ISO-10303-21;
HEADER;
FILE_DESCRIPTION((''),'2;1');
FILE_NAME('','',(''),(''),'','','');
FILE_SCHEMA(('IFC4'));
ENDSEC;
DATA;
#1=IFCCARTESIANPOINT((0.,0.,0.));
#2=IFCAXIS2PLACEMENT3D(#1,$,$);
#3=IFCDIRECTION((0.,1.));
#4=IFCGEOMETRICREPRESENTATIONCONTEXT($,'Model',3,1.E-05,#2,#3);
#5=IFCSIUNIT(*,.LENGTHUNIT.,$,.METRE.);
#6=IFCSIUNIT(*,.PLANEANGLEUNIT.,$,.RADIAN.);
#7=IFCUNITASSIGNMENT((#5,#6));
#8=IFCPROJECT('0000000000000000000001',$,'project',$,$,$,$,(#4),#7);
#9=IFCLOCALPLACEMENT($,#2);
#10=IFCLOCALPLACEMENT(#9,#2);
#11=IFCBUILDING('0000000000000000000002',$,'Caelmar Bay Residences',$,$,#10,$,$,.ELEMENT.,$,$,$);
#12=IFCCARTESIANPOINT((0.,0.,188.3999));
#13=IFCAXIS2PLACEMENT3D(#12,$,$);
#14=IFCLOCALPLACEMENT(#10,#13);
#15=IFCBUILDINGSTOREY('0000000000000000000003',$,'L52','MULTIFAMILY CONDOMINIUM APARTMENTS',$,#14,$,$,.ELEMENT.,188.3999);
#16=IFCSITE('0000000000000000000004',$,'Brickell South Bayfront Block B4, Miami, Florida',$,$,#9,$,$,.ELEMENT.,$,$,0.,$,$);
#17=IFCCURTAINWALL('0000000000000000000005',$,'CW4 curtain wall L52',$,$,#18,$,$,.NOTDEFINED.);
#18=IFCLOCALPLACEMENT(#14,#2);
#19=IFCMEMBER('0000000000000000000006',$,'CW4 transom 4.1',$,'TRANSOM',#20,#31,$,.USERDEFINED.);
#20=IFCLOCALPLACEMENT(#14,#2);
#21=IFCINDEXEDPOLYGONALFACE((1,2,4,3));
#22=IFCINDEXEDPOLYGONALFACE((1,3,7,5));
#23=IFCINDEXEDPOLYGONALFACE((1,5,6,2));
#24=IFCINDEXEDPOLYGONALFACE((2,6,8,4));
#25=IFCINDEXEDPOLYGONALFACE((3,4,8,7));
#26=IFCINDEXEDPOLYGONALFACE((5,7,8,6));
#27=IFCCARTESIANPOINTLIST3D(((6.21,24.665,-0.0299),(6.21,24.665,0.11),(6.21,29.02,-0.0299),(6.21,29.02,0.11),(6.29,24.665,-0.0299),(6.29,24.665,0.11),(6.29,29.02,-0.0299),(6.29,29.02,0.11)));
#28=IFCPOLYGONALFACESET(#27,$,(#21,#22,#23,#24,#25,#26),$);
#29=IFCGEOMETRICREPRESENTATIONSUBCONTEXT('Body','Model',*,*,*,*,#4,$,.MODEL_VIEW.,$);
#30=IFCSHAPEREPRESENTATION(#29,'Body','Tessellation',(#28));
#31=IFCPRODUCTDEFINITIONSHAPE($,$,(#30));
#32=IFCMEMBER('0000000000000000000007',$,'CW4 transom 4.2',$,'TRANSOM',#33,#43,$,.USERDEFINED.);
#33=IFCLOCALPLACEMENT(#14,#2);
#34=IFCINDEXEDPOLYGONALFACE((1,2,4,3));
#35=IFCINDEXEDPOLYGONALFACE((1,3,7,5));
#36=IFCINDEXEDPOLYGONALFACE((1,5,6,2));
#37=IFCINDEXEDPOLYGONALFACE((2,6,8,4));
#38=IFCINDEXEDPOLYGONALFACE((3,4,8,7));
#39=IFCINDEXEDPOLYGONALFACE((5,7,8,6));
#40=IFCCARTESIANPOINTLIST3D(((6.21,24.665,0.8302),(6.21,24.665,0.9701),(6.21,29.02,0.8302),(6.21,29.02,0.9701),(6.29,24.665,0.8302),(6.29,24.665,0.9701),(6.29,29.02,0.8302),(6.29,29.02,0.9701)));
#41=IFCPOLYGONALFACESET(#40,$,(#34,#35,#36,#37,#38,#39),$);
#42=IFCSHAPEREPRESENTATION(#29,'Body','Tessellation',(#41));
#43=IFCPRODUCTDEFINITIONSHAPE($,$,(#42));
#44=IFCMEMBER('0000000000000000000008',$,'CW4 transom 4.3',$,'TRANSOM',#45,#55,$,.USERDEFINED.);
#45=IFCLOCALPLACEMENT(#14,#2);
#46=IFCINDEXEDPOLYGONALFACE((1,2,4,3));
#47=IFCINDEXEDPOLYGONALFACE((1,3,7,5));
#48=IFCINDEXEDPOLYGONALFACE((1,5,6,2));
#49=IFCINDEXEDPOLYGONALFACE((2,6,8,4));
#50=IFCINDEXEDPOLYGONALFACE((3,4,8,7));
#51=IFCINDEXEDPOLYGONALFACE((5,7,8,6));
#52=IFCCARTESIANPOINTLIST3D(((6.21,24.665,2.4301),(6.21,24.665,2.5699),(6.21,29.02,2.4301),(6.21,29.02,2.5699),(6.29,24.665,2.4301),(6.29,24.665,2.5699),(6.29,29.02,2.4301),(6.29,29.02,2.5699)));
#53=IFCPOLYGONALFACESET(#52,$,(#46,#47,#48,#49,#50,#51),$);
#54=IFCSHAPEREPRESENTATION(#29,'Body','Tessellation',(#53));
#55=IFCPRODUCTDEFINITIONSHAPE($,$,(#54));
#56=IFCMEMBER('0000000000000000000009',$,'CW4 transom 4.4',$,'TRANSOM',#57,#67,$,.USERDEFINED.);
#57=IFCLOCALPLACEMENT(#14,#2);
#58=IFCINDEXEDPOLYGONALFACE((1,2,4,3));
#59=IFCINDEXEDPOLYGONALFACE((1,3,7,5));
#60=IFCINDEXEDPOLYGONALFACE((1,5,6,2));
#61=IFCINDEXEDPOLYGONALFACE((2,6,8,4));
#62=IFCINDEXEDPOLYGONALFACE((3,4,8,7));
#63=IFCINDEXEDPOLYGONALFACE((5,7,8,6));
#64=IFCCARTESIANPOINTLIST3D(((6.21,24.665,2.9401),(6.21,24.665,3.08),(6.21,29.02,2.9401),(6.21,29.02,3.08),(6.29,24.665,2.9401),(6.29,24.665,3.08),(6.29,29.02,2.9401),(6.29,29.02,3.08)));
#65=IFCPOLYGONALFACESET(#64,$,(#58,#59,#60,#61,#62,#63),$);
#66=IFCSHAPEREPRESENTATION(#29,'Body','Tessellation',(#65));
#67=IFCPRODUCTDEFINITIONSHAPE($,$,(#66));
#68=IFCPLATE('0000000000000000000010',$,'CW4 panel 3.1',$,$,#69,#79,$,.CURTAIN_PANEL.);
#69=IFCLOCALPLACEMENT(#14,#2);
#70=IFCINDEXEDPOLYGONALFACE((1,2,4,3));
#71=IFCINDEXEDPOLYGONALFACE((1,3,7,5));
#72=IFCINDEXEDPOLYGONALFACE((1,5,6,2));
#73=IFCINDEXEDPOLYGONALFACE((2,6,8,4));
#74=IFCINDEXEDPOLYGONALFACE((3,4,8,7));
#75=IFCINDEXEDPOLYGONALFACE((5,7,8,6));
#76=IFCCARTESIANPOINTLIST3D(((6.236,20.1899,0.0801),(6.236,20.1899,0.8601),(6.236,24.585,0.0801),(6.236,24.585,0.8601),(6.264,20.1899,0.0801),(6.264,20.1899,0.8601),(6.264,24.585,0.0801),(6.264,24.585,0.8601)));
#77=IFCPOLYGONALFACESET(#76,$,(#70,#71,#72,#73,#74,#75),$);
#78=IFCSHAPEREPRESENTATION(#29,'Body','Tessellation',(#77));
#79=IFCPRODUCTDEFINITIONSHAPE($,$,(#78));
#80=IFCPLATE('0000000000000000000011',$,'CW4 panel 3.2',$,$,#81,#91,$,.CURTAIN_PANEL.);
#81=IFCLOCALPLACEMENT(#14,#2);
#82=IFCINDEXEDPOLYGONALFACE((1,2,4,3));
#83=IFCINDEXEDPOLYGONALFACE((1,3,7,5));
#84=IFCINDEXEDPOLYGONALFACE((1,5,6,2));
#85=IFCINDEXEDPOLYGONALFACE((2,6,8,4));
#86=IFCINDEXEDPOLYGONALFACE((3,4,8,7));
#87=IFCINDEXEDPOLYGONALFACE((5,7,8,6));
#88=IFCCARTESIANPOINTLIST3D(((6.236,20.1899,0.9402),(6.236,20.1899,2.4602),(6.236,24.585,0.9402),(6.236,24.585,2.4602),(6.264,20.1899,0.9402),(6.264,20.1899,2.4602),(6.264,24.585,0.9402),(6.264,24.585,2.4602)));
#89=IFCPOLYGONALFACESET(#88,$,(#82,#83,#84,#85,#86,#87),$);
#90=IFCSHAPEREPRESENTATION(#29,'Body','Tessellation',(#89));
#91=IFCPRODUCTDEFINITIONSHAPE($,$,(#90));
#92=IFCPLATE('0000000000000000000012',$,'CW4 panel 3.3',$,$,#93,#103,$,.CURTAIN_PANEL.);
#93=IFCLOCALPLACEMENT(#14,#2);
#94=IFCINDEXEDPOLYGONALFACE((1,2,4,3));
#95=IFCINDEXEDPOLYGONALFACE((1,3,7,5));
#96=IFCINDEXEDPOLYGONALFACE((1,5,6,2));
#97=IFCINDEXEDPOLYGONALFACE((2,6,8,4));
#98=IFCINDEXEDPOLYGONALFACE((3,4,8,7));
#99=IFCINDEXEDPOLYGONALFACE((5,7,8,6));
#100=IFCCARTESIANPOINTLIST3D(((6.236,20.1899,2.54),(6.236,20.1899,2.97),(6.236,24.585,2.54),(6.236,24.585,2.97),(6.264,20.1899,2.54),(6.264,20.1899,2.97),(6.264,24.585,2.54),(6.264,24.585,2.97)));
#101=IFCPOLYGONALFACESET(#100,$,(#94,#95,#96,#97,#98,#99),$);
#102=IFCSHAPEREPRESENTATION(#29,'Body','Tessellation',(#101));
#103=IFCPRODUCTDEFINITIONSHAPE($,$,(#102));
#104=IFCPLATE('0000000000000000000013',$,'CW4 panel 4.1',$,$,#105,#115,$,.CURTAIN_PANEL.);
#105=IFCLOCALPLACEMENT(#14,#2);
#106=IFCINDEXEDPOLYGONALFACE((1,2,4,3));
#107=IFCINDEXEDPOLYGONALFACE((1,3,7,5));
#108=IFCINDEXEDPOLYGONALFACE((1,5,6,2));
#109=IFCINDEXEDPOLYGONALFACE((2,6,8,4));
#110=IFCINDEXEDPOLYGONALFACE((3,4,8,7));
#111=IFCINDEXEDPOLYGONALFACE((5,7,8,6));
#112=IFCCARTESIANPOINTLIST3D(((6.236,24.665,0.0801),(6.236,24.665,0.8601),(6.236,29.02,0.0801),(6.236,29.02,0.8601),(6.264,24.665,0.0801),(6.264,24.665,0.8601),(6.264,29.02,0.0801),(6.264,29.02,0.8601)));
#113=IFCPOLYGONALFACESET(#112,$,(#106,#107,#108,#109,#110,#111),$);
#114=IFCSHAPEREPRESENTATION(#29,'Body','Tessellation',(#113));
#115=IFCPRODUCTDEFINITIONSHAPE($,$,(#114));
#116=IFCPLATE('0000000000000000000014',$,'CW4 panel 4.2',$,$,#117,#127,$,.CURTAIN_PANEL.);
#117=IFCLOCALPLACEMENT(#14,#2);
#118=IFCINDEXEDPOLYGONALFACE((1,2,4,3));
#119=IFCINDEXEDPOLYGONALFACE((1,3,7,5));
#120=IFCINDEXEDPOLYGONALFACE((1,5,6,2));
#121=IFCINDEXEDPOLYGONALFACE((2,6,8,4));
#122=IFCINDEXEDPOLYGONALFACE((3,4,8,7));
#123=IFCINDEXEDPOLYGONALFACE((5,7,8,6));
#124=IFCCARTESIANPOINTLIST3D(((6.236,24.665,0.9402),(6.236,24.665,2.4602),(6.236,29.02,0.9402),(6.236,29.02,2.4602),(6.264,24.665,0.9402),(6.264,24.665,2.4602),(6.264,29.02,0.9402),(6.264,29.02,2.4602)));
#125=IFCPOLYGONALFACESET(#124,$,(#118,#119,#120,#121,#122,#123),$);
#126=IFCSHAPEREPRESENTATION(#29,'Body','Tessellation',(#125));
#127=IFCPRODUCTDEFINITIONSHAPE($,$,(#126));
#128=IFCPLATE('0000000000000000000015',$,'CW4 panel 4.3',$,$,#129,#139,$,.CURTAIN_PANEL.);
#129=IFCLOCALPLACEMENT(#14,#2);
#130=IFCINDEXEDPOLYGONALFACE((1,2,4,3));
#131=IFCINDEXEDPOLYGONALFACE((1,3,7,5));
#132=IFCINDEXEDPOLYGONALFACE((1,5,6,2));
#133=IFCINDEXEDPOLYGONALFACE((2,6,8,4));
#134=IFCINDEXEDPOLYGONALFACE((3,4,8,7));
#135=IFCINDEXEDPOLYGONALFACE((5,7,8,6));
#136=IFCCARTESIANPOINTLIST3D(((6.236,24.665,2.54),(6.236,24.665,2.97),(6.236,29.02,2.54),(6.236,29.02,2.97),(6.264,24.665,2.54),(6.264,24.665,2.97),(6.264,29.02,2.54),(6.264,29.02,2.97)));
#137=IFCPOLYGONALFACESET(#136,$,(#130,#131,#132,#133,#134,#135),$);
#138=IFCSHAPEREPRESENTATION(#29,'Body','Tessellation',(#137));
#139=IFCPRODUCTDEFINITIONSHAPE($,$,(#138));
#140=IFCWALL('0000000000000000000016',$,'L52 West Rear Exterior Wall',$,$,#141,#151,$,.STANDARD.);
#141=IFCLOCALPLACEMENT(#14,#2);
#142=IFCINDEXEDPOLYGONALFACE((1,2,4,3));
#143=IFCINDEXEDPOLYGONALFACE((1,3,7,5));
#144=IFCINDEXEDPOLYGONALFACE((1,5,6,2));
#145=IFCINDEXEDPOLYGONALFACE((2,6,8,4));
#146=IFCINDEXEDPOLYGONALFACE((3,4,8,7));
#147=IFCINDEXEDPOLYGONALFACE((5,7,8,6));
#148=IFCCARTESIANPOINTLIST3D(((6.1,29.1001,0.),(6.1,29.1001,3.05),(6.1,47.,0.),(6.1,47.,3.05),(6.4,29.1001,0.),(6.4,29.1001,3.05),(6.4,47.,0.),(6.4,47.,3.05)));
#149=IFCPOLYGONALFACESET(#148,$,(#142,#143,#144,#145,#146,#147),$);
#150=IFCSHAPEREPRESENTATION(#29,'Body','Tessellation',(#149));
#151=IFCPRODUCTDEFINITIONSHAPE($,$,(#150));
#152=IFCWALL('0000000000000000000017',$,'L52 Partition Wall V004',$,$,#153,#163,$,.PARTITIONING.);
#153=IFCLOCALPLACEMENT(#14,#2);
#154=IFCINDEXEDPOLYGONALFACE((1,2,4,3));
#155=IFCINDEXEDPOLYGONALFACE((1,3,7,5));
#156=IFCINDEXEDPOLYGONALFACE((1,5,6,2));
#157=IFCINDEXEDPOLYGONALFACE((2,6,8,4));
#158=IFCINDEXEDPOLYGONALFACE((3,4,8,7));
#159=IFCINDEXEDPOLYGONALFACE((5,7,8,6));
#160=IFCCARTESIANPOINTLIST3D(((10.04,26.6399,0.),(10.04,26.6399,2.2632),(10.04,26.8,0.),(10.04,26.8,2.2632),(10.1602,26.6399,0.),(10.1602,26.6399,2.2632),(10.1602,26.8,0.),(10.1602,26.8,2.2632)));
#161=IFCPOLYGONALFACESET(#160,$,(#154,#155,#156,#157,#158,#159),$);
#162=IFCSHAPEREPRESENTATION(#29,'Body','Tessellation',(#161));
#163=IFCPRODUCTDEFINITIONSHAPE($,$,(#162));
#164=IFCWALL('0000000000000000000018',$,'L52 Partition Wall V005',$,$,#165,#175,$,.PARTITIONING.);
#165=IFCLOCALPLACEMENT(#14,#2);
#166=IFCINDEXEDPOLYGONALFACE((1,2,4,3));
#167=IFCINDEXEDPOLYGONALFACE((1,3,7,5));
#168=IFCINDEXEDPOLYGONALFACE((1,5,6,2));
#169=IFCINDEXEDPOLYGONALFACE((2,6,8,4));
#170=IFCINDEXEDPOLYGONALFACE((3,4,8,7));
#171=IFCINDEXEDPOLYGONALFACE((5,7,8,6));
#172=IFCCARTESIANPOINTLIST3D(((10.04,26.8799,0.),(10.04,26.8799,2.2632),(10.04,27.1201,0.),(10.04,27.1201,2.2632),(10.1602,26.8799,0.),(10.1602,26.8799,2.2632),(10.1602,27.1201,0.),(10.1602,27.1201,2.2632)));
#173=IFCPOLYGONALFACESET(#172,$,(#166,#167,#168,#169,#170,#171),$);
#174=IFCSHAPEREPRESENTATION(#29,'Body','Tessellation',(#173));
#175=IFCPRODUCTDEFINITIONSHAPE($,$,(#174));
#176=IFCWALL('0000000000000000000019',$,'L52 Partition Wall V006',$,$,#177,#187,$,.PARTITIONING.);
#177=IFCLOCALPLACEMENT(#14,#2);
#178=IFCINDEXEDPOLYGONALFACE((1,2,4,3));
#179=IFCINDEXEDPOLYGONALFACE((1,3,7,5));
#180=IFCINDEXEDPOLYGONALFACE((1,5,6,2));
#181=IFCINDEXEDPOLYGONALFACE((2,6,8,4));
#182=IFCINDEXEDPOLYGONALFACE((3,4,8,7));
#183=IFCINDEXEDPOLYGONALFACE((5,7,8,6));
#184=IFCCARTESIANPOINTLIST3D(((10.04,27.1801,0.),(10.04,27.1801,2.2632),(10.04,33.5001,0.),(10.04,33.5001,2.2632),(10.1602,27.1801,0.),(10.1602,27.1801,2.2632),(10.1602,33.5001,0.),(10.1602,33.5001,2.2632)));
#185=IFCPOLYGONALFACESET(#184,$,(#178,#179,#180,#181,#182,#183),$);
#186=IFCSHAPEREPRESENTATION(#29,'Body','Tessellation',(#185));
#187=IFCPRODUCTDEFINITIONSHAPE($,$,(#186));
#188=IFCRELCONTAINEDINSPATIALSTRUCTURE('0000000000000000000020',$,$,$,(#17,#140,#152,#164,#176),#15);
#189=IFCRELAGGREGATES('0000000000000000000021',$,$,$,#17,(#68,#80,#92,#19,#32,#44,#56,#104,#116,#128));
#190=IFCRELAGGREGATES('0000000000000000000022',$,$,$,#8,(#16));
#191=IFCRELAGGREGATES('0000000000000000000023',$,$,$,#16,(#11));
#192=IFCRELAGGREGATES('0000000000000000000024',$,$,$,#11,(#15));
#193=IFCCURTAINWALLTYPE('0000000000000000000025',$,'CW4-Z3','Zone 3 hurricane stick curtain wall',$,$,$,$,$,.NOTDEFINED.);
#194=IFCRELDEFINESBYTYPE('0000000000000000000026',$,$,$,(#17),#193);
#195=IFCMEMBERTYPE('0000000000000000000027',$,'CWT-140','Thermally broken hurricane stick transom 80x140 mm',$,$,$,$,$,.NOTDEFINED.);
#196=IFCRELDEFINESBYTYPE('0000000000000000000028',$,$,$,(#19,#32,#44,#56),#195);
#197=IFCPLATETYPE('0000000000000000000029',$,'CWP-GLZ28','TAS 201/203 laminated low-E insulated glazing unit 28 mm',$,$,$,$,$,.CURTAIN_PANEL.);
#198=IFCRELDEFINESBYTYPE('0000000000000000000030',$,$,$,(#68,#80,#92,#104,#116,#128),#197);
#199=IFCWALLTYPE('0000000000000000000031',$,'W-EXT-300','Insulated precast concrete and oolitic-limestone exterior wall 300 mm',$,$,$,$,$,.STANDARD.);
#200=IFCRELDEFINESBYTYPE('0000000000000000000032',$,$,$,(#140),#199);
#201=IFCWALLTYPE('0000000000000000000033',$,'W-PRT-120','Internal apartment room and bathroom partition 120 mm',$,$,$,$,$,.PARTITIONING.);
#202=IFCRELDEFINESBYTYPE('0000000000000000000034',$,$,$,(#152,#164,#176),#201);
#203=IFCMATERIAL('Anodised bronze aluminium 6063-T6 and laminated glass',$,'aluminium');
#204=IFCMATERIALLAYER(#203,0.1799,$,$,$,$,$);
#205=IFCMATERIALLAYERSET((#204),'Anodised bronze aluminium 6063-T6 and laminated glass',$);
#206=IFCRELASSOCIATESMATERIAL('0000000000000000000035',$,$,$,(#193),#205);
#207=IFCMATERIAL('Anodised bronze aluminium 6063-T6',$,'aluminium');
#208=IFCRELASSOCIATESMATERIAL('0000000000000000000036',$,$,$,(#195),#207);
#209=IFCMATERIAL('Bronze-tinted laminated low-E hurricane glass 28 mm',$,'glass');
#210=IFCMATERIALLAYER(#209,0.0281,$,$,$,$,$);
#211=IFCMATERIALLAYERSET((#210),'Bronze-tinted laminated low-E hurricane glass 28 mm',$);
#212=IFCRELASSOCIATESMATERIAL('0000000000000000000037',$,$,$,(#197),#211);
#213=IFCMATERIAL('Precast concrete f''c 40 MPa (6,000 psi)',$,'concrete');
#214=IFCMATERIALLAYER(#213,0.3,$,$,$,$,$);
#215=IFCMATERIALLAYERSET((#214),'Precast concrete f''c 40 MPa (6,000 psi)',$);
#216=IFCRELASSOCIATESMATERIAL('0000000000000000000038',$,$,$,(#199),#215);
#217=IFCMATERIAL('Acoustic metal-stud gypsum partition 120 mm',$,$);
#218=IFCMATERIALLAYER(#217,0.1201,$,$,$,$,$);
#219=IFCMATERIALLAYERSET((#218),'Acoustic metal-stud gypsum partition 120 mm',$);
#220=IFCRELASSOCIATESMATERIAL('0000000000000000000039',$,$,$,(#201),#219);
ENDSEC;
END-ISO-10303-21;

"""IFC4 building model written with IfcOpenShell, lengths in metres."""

from ifc_helpers import new_model, si_unit, direction, frame, frame_2d, origin, origin_2d, place, context, subcontext, project, spatial, rectangle, extrude, material, layer, layer_set, material_profile, profile_set, type_object, element, aggregate, save


model = new_model("IFC4")

# Units and contexts
model_context = context("Model", 3, precision=1e-05, world=origin(), true_north=direction((0.0, 1.0)))
body_context = subcontext(model_context, "Body", "Model", "MODEL_VIEW")
ifc_project = project(units=[si_unit("LENGTHUNIT", "METRE"), si_unit("PLANEANGLEUNIT", "RADIAN")], contexts=[model_context])

# Site, building, storey
site_placement = place(None, origin())
site = spatial("IfcSite", under=ifc_project, at=site_placement, Name="Brickell South Bayfront Block B4, Miami, Florida", CompositionType="ELEMENT", RefElevation=0.0)
building_placement = place(site_placement, origin())
building = spatial("IfcBuilding", under=site, at=building_placement, Name="Caelmar Bay Residences", CompositionType="ELEMENT")
storey_placement = place(building_placement, frame((0.0, 0.0, 188.3999)))
storey = spatial("IfcBuildingStorey", under=building, at=storey_placement, Name="L52", Description="MULTIFAMILY CONDOMINIUM APARTMENTS", CompositionType="ELEMENT", Elevation=188.3999)

# Curtain wall, members, plates
ifc_material_1 = material(Name="Anodised bronze aluminium 6063-T6 and laminated glass", Category="aluminium")
ifc_layer_1 = layer(ifc_material_1, 0.1799)
ifc_layer_set_1 = layer_set([ifc_layer_1], Name="Anodised bronze aluminium 6063-T6 and laminated glass")
curtain_wall_type = type_object("IfcCurtainWallType", Name="CW4-Z3", Description="Zone 3 hurricane stick curtain wall", PredefinedType="NOTDEFINED", material=ifc_layer_set_1)
curtain_wall_placement = place(storey_placement, origin())
curtain_wall = element("IfcCurtainWall", 1, at=curtain_wall_placement, inside=storey, type_object=curtain_wall_type, Name="CW4 curtain wall L52", PredefinedType="NOTDEFINED")
ifc_material_2 = material(Name="Anodised bronze aluminium 6063-T6", Category="aluminium")
ifc_material_profile_1 = material_profile(ifc_material_2, rectangle(XDim=0.0801, YDim=0.1399, at=origin_2d()), Name="CWT-80X140")
ifc_profile_set_1 = profile_set([ifc_material_profile_1], Name="Anodised bronze aluminium 6063-T6")
member_type_1 = type_object("IfcMemberType", Name="CWT-140", Description="Thermally broken hurricane stick transom 80x140 mm", PredefinedType="NOTDEFINED", material=ifc_profile_set_1)
member_1_placement = place(storey_placement, frame((6.25, 24.665, 0.04), z_axis=(0.0, 1.0, 0.0), x_axis=(-1.0, 0.0, 0.0)))
member_1 = element("IfcMember", 2, at=member_1_placement, type_object=member_type_1, Name="CW4 transom 4.1", ObjectType="TRANSOM", PredefinedType="USERDEFINED", context=body_context, shape_type="SweptSolid", body=[
    extrude(rectangle(XDim=0.0801, YDim=0.1399, at=origin_2d()), origin(), (0.0, 0.0, 1.0), 4.355),
])
member_2_placement = place(storey_placement, frame((6.25, 24.665, 0.9001), z_axis=(0.0, 1.0, 0.0), x_axis=(-1.0, 0.0, 0.0)))
member_2 = element("IfcMember", 3, at=member_2_placement, type_object=member_type_1, Name="CW4 transom 4.2", ObjectType="TRANSOM", PredefinedType="USERDEFINED", context=body_context, shape_type="SweptSolid", body=[
    extrude(rectangle(XDim=0.0801, YDim=0.1399, at=origin_2d()), origin(), (0.0, 0.0, 1.0), 4.355),
])
member_3_placement = place(storey_placement, frame((6.25, 24.665, 2.5), z_axis=(0.0, 1.0, 0.0), x_axis=(-1.0, 0.0, 0.0)))
member_3 = element("IfcMember", 4, at=member_3_placement, type_object=member_type_1, Name="CW4 transom 4.3", ObjectType="TRANSOM", PredefinedType="USERDEFINED", context=body_context, shape_type="SweptSolid", body=[
    extrude(rectangle(XDim=0.0801, YDim=0.1399, at=origin_2d()), origin(), (0.0, 0.0, 1.0), 4.355),
])
member_4_placement = place(storey_placement, frame((6.25, 24.665, 3.01), z_axis=(0.0, 1.0, 0.0), x_axis=(-1.0, 0.0, 0.0)))
member_4 = element("IfcMember", 5, at=member_4_placement, type_object=member_type_1, Name="CW4 transom 4.4", ObjectType="TRANSOM", PredefinedType="USERDEFINED", context=body_context, shape_type="SweptSolid", body=[
    extrude(rectangle(XDim=0.0801, YDim=0.1399, at=origin_2d()), origin(), (0.0, 0.0, 1.0), 4.355),
])
ifc_material_3 = material(Name="Bronze-tinted laminated low-E hurricane glass 28 mm", Category="glass")
ifc_layer_2 = layer(ifc_material_3, 0.0281)
ifc_layer_set_2 = layer_set([ifc_layer_2], Name="Bronze-tinted laminated low-E hurricane glass 28 mm")
plate_type = type_object("IfcPlateType", Name="CWP-GLZ28", Description="TAS 201/203 laminated low-E insulated glazing unit 28 mm", PredefinedType="CURTAIN_PANEL", material=ifc_layer_set_2)
plate_1_placement = place(storey_placement, frame((6.25, 22.3875, 0.0801), z_axis=(0.0, 0.0, 1.0), x_axis=(0.0, 1.0, 0.0)))
plate_1 = element("IfcPlate", 6, at=plate_1_placement, type_object=plate_type, Name="CW4 panel 3.1", PredefinedType="CURTAIN_PANEL", context=body_context, shape_type="SweptSolid", body=[
    extrude(rectangle(XDim=4.395, YDim=0.0281, at=origin_2d()), origin(), (0.0, 0.0, 1.0), 0.78),
])
plate_2_placement = place(storey_placement, frame((6.25, 22.3875, 0.9402), z_axis=(0.0, 0.0, 1.0), x_axis=(0.0, 1.0, 0.0)))
plate_2 = element("IfcPlate", 7, at=plate_2_placement, type_object=plate_type, Name="CW4 panel 3.2", PredefinedType="CURTAIN_PANEL", context=body_context, shape_type="SweptSolid", body=[
    extrude(rectangle(XDim=4.395, YDim=0.0281, at=origin_2d()), origin(), (0.0, 0.0, 1.0), 1.52),
])
plate_3_placement = place(storey_placement, frame((6.25, 22.3875, 2.54), z_axis=(0.0, 0.0, 1.0), x_axis=(0.0, 1.0, 0.0)))
plate_3 = element("IfcPlate", 8, at=plate_3_placement, type_object=plate_type, Name="CW4 panel 3.3", PredefinedType="CURTAIN_PANEL", context=body_context, shape_type="SweptSolid", body=[
    extrude(rectangle(XDim=4.395, YDim=0.0281, at=origin_2d()), origin(), (0.0, 0.0, 1.0), 0.4299),
])
plate_4_placement = place(storey_placement, frame((6.25, 26.8425, 0.0801), z_axis=(0.0, 0.0, 1.0), x_axis=(0.0, 1.0, 0.0)))
plate_4 = element("IfcPlate", 9, at=plate_4_placement, type_object=plate_type, Name="CW4 panel 4.1", PredefinedType="CURTAIN_PANEL", context=body_context, shape_type="SweptSolid", body=[
    extrude(rectangle(XDim=4.355, YDim=0.0281, at=origin_2d()), origin(), (0.0, 0.0, 1.0), 0.78),
])
plate_5_placement = place(storey_placement, frame((6.25, 26.8425, 0.9402), z_axis=(0.0, 0.0, 1.0), x_axis=(0.0, 1.0, 0.0)))
plate_5 = element("IfcPlate", 10, at=plate_5_placement, type_object=plate_type, Name="CW4 panel 4.2", PredefinedType="CURTAIN_PANEL", context=body_context, shape_type="SweptSolid", body=[
    extrude(rectangle(XDim=4.355, YDim=0.0281, at=origin_2d()), origin(), (0.0, 0.0, 1.0), 1.52),
])
plate_6_placement = place(storey_placement, frame((6.25, 26.8425, 2.54), z_axis=(0.0, 0.0, 1.0), x_axis=(0.0, 1.0, 0.0)))
plate_6 = element("IfcPlate", 11, at=plate_6_placement, type_object=plate_type, Name="CW4 panel 4.3", PredefinedType="CURTAIN_PANEL", context=body_context, shape_type="SweptSolid", body=[
    extrude(rectangle(XDim=4.355, YDim=0.0281, at=origin_2d()), origin(), (0.0, 0.0, 1.0), 0.4299),
])
aggregate(curtain_wall, [plate_1, plate_2, plate_3, member_1, member_2, member_3, member_4, plate_4, plate_5, plate_6])

# Walls
ifc_material_4 = material(Name="Precast concrete f'c 40 MPa (6,000 psi)", Category="concrete")
ifc_layer_3 = layer(ifc_material_4, 0.3)
ifc_layer_set_3 = layer_set([ifc_layer_3], Name="Precast concrete f'c 40 MPa (6,000 psi)")
wall_type_1 = type_object("IfcWallType", Name="W-EXT-300", Description="Insulated precast concrete and oolitic-limestone exterior wall 300 mm", PredefinedType="STANDARD", material=ifc_layer_set_3)
wall_1_placement = place(storey_placement, frame((6.25, 29.1001, 0.0), z_axis=(0.0, 0.0, 1.0), x_axis=(0.0, 1.0, 0.0)))
element("IfcWall", 12, at=wall_1_placement, inside=storey, type_object=wall_type_1, Name="L52 West Rear Exterior Wall", PredefinedType="STANDARD", context=body_context, shape_type="SweptSolid", body=[
    extrude(rectangle(XDim=17.8999, YDim=0.3, at=frame_2d((8.95, 0.0))), origin(), (0.0, 0.0, 1.0), 3.05),
])
ifc_material_5 = material(Name="Acoustic metal-stud gypsum partition 120 mm")
ifc_layer_4 = layer(ifc_material_5, 0.1201)
ifc_layer_set_4 = layer_set([ifc_layer_4], Name="Acoustic metal-stud gypsum partition 120 mm")
wall_type_2 = type_object("IfcWallType", Name="W-PRT-120", Description="Internal apartment room and bathroom partition 120 mm", PredefinedType="PARTITIONING", material=ifc_layer_set_4)
wall_2_placement = place(storey_placement, frame((10.1001, 26.6399, 0.0), z_axis=(0.0, 0.0, 1.0), x_axis=(0.0, 1.0, 0.0)))
element("IfcWall", 13, at=wall_2_placement, inside=storey, type_object=wall_type_2, Name="L52 Partition Wall V004", PredefinedType="PARTITIONING", context=body_context, shape_type="SweptSolid", body=[
    extrude(rectangle(XDim=0.1602, YDim=0.1201, at=frame_2d((0.0801, 0.0))), origin(), (0.0, 0.0, 1.0), 2.2632),
])
wall_3_placement = place(storey_placement, frame((10.1001, 26.8799, 0.0), z_axis=(0.0, 0.0, 1.0), x_axis=(0.0, 1.0, 0.0)))
element("IfcWall", 14, at=wall_3_placement, inside=storey, type_object=wall_type_2, Name="L52 Partition Wall V005", PredefinedType="PARTITIONING", context=body_context, shape_type="SweptSolid", body=[
    extrude(rectangle(XDim=0.2402, YDim=0.1201, at=frame_2d((0.1201, 0.0))), origin(), (0.0, 0.0, 1.0), 2.2632),
])
wall_4_placement = place(storey_placement, frame((10.1001, 27.1799, 0.0), z_axis=(0.0, 0.0, 1.0), x_axis=(0.0, 1.0, 0.0)))
element("IfcWall", 15, at=wall_4_placement, inside=storey, type_object=wall_type_2, Name="L52 Partition Wall V006", PredefinedType="PARTITIONING", context=body_context, shape_type="SweptSolid", body=[
    extrude(rectangle(XDim=6.3201, YDim=0.1201, at=frame_2d((3.1602, 0.0))), origin(), (0.0, 0.0, 1.0), 2.2632),
])

save(model, "model.ifc")
